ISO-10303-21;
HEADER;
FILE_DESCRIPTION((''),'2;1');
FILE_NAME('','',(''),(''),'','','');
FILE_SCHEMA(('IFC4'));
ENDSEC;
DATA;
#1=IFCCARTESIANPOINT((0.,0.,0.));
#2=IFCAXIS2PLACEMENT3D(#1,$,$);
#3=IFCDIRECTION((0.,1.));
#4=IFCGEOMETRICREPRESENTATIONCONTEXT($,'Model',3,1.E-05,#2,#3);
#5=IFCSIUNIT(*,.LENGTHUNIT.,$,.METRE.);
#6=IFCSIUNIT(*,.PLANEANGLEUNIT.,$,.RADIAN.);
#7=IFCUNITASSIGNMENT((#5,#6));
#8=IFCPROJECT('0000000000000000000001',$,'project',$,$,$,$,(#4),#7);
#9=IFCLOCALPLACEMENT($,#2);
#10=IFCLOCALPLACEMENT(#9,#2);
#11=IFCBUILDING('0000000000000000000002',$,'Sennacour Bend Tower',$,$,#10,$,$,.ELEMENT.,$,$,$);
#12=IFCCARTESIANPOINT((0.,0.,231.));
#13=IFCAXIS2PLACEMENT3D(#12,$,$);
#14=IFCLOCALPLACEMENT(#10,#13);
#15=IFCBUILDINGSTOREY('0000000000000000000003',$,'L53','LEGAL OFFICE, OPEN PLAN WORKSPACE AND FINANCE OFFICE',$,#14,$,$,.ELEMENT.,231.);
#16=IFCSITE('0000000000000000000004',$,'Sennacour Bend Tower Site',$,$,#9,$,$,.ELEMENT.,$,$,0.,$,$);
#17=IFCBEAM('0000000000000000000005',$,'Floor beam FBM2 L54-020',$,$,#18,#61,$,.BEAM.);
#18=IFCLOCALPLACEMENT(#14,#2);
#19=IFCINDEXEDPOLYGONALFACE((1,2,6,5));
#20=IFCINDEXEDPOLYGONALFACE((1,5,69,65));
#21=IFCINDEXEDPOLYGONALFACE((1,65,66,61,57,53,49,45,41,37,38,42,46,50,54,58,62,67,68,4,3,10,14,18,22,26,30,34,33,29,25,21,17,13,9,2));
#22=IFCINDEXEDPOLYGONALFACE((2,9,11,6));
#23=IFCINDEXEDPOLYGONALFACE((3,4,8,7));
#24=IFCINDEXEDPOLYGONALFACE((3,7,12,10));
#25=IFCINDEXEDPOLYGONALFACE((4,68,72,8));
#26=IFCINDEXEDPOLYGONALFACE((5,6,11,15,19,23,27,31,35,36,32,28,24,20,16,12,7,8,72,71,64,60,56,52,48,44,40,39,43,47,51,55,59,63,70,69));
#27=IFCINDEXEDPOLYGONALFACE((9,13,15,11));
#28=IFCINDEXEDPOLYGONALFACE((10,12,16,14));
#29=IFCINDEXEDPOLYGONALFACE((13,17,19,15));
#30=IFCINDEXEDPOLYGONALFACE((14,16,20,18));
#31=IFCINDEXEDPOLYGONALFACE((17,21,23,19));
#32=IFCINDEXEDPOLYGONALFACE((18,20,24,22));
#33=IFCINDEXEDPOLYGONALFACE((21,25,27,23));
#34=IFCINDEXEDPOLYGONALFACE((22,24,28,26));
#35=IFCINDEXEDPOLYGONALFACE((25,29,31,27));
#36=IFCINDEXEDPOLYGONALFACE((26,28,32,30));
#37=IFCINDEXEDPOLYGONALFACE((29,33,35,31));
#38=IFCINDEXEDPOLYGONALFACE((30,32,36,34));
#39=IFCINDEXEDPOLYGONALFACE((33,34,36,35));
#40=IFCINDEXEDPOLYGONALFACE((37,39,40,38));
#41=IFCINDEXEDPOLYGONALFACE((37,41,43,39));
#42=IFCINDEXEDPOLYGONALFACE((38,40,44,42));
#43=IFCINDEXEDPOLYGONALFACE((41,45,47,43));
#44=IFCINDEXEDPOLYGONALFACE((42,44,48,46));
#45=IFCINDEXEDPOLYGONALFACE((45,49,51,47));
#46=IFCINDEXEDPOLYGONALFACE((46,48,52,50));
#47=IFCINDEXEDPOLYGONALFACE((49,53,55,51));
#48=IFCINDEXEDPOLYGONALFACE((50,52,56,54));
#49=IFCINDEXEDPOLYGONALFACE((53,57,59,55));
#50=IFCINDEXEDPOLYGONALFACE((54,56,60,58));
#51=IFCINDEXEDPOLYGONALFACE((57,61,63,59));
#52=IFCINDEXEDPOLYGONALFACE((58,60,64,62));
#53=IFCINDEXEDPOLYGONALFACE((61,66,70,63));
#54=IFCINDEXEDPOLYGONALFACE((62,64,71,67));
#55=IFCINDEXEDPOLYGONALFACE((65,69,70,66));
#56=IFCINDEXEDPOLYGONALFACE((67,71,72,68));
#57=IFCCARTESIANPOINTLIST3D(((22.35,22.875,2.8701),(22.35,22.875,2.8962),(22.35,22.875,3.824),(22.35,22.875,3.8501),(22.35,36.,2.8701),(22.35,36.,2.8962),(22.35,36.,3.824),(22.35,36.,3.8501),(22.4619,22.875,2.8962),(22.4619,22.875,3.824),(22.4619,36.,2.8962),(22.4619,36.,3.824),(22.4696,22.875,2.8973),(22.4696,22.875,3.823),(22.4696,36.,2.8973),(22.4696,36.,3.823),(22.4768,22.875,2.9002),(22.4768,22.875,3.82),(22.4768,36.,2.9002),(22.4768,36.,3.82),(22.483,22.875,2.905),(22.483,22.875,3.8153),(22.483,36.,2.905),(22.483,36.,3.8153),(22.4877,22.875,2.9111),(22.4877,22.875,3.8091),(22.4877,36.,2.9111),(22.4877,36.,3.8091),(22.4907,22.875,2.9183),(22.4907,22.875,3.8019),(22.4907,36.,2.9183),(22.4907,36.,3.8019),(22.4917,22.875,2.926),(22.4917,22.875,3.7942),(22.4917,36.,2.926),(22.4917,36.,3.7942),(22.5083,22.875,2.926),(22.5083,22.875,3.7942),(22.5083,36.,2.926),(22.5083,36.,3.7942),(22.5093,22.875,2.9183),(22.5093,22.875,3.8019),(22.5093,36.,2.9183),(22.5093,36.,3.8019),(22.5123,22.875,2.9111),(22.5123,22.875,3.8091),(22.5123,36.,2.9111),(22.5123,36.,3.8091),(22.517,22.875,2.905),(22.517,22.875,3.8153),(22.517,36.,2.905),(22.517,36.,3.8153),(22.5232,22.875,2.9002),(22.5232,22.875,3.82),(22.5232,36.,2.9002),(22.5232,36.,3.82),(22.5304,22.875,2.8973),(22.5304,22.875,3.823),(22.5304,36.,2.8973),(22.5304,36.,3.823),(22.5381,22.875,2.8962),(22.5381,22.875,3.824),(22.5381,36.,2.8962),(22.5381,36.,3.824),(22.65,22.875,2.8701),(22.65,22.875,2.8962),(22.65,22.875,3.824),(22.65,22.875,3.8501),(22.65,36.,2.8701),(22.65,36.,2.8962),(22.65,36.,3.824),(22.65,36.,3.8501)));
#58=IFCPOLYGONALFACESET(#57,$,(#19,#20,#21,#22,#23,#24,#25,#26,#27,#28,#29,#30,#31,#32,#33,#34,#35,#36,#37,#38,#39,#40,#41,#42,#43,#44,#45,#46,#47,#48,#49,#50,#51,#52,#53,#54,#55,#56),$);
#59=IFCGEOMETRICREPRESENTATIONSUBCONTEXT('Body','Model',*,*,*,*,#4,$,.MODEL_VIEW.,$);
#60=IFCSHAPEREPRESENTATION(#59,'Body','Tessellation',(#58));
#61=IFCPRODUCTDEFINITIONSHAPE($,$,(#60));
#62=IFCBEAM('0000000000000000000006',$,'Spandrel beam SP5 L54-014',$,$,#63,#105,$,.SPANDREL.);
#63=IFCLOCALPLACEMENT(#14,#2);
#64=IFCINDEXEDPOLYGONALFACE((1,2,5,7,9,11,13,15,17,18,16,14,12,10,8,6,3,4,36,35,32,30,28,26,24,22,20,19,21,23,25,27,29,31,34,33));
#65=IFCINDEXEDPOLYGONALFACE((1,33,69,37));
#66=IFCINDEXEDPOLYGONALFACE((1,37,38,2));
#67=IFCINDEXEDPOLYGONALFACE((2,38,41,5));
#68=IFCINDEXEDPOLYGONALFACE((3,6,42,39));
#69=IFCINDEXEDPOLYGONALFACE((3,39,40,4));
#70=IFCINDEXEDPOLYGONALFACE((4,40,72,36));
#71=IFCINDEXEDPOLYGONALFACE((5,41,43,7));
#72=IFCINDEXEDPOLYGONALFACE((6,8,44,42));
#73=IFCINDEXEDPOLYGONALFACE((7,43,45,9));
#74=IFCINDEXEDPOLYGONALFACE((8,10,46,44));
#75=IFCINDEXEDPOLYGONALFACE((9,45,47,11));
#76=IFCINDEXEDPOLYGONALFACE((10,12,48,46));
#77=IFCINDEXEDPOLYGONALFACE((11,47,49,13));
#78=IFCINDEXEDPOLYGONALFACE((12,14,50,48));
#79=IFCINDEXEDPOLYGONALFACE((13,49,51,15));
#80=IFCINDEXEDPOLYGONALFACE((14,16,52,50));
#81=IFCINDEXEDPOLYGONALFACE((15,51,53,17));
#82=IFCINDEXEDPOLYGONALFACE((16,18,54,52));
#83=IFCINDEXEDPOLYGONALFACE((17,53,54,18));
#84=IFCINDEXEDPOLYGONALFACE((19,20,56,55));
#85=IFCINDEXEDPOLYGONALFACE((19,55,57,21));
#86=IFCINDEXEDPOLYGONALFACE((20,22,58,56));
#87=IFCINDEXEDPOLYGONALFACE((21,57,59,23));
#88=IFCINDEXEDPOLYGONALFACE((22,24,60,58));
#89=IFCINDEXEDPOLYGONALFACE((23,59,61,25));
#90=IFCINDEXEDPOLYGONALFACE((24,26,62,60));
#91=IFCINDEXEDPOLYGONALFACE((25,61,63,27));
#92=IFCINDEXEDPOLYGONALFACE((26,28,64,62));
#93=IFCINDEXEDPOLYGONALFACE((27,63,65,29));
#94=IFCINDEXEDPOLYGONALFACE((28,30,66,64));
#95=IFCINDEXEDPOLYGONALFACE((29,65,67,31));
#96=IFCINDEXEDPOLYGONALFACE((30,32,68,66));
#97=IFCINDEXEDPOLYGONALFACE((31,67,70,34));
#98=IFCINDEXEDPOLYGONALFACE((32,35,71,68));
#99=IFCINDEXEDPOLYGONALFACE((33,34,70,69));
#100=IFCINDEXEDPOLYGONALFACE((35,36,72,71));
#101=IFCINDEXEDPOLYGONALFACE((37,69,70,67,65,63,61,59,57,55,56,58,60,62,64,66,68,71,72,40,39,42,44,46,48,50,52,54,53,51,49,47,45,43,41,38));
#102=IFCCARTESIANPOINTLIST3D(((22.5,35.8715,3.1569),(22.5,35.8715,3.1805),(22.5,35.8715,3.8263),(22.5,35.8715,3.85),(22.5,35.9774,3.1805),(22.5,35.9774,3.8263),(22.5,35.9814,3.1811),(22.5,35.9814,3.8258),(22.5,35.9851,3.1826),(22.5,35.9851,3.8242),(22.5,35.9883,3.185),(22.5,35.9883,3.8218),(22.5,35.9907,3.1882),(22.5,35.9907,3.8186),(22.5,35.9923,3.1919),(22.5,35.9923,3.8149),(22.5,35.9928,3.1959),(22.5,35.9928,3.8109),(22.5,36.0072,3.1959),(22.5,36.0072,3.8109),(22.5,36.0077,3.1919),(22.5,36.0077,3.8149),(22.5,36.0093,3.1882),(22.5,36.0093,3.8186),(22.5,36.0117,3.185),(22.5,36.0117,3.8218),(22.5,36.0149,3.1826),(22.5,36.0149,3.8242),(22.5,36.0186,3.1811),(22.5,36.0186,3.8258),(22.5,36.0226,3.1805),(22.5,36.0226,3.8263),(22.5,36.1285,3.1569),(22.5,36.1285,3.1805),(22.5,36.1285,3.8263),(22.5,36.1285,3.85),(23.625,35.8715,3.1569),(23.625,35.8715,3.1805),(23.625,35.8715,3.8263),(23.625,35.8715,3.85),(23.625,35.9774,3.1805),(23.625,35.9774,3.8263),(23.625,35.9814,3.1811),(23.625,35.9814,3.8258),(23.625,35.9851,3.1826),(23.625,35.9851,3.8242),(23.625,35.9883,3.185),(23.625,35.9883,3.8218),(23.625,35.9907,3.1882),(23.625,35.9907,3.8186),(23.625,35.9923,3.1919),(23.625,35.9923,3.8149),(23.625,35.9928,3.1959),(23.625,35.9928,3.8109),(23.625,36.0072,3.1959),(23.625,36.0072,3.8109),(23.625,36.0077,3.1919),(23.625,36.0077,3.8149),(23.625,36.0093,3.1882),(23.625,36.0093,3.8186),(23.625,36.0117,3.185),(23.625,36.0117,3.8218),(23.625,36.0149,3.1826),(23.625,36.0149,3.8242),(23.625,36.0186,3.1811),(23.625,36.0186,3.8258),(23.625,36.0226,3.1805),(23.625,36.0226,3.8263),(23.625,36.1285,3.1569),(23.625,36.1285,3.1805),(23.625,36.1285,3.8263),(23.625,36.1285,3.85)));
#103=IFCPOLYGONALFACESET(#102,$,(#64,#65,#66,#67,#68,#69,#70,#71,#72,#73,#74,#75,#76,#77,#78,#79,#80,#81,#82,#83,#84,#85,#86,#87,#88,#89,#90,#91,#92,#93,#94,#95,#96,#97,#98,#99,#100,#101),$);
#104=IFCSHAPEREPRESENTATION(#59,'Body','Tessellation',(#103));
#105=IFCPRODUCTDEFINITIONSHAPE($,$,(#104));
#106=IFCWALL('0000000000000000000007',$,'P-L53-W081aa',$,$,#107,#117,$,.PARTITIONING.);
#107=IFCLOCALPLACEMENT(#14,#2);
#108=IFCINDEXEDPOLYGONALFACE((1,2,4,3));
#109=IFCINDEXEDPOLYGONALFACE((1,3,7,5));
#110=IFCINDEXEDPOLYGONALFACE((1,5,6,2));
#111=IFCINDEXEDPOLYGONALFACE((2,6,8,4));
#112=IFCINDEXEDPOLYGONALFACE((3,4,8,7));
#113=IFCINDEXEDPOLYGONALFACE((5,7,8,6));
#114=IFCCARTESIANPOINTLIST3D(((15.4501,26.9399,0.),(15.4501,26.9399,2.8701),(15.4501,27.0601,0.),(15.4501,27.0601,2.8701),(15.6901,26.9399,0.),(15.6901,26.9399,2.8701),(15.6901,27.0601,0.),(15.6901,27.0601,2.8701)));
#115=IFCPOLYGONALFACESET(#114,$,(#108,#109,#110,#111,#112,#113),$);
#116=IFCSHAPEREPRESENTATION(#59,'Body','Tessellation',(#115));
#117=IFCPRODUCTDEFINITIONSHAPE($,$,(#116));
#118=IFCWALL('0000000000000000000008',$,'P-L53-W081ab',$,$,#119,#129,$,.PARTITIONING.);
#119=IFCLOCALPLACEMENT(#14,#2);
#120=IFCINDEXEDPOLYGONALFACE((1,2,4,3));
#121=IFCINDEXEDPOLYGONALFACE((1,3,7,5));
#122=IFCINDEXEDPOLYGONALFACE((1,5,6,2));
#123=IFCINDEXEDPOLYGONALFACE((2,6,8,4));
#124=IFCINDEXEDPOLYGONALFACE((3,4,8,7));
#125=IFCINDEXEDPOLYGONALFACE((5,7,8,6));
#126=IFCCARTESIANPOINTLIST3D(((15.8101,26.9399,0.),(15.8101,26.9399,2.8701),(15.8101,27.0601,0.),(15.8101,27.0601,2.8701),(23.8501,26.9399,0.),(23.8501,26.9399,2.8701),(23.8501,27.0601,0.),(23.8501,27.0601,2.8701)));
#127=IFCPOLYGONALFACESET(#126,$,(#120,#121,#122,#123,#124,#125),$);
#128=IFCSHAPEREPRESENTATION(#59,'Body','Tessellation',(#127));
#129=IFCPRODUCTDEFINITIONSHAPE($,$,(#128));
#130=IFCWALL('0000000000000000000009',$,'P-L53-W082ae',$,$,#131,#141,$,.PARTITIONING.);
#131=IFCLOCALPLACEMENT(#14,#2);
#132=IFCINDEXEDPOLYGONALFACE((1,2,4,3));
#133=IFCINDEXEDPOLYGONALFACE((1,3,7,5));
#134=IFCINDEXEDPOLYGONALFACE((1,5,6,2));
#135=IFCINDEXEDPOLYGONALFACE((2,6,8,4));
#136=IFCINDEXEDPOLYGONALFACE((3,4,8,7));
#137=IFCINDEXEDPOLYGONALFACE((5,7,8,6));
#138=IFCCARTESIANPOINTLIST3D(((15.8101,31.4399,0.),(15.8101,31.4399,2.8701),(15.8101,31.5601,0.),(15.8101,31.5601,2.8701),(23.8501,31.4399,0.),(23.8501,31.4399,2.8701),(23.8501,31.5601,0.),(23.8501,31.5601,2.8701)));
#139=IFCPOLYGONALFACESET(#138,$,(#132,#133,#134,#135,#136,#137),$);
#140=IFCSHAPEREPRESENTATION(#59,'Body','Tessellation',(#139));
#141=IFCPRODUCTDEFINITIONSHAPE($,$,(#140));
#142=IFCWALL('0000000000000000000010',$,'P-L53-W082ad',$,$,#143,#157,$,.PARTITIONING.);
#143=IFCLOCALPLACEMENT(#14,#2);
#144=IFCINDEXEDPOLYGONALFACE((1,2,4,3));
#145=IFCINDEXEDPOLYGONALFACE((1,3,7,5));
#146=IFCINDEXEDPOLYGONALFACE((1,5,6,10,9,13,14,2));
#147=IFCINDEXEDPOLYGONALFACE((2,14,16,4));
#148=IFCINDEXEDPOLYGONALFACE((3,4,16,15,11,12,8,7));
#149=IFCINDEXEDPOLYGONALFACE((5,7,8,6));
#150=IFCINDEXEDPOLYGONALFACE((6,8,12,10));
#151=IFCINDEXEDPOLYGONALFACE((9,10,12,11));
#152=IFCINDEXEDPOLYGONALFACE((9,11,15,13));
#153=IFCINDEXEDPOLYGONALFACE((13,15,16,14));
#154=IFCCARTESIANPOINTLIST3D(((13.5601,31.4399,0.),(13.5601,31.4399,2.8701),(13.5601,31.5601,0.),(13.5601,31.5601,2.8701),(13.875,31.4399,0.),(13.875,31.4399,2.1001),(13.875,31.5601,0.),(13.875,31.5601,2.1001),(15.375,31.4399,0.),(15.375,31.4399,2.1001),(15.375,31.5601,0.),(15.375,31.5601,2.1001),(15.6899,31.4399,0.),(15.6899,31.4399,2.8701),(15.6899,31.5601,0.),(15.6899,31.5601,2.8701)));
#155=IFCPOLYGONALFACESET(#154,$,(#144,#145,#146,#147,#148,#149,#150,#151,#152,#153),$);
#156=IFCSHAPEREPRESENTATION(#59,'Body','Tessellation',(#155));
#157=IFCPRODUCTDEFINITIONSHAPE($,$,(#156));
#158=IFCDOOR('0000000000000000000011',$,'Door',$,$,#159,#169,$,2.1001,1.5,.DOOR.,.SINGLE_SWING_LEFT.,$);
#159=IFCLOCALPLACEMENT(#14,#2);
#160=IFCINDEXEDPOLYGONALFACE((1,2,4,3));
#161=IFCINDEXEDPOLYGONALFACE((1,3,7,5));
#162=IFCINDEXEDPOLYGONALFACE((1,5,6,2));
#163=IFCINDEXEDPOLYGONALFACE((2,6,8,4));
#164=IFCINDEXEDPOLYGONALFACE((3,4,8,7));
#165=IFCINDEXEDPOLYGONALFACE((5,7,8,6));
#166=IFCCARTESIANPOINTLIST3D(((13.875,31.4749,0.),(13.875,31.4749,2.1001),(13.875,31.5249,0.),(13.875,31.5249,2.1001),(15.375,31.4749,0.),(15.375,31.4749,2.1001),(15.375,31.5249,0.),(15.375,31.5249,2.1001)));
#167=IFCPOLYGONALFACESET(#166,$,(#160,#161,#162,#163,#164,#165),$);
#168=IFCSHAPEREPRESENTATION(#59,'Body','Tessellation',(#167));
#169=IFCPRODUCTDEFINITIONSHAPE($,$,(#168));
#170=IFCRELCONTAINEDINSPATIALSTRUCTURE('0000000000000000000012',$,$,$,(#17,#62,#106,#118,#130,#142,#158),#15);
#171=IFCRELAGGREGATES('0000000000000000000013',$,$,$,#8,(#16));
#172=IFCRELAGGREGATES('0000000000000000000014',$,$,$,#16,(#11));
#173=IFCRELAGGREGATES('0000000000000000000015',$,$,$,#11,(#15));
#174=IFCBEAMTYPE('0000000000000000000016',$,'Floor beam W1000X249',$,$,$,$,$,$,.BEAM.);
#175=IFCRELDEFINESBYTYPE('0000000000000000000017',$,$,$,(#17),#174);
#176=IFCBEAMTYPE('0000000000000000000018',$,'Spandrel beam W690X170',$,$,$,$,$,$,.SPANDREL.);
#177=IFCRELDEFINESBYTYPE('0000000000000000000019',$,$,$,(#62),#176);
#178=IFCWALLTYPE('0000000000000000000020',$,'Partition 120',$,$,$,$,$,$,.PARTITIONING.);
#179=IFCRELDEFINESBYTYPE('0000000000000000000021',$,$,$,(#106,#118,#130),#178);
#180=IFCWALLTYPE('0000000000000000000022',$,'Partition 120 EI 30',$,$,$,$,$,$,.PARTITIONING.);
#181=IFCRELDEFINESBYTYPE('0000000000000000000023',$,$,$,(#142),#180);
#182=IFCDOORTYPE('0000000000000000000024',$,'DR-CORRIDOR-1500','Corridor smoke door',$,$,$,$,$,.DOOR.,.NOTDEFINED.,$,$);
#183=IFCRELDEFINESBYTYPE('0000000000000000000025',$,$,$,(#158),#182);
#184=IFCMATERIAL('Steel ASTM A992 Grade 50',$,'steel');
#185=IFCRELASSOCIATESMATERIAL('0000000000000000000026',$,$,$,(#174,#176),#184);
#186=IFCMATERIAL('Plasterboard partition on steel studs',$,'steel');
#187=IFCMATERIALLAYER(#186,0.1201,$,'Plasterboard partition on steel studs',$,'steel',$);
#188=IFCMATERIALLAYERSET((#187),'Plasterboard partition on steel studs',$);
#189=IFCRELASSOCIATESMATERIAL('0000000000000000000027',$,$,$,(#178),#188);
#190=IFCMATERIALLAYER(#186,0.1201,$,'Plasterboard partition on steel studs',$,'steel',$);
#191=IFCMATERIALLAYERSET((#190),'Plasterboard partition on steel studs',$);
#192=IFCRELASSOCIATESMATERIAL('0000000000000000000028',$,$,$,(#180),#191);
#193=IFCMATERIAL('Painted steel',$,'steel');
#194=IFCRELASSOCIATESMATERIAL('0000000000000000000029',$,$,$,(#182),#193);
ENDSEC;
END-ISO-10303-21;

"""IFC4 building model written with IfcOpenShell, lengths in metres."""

from ifc_helpers import new_model, si_unit, direction, frame, frame_2d, origin, origin_2d, place, context, subcontext, project, spatial, rectangle, i_section, extrude, material, layer, layer_set, material_profile, profile_set, type_object, element, fill, save


model = new_model("IFC4")

# Units and contexts
model_context = context("Model", 3, precision=1e-05, world=origin(), true_north=direction((0.0, 1.0)))
body_context = subcontext(model_context, "Body", "Model", "MODEL_VIEW")
ifc_project = project(units=[si_unit("LENGTHUNIT", "METRE"), si_unit("PLANEANGLEUNIT", "RADIAN")], contexts=[model_context])

# Site, building, storey
site_placement = place(None, origin())
site = spatial("IfcSite", under=ifc_project, at=site_placement, Name="Sennacour Bend Tower Site", CompositionType="ELEMENT", RefElevation=0.0)
building_placement = place(site_placement, origin())
building = spatial("IfcBuilding", under=site, at=building_placement, Name="Sennacour Bend Tower", CompositionType="ELEMENT")
storey_placement = place(building_placement, frame((0.0, 0.0, 231.0)))
storey = spatial("IfcBuildingStorey", under=building, at=storey_placement, Name="L53", Description="LEGAL OFFICE, OPEN PLAN WORKSPACE AND FINANCE OFFICE", CompositionType="ELEMENT", Elevation=231.0)

# Beams
ifc_material_1 = material(Name="Steel ASTM A992 Grade 50", Category="steel")
ifc_material_profile_1 = material_profile(ifc_material_1, i_section(OverallWidth=0.3, OverallDepth=0.98, WebThickness=0.0166, FlangeThickness=0.0261, FilletRadius=0.0298, at=origin_2d()), Name="Steel ASTM A992 Grade 50", Category="steel")
ifc_profile_set_1 = profile_set([ifc_material_profile_1], Name="Steel ASTM A992 Grade 50")
beam_type_1 = type_object("IfcBeamType", Name="Floor beam W1000X249", PredefinedType="BEAM", material=ifc_profile_set_1)
beam_1_placement = place(storey_placement, frame((22.5, 22.875, 3.3601), z_axis=(0.0, 1.0, 0.0), x_axis=(-1.0, 0.0, 0.0)))
element("IfcBeam", 1, at=beam_1_placement, inside=storey, type_object=beam_type_1, Name="Floor beam FBM2 L54-020", PredefinedType="BEAM", context=body_context, shape_type="SweptSolid", body=[
    extrude(i_section(OverallWidth=0.3, OverallDepth=0.98, WebThickness=0.0166, FlangeThickness=0.0261, FilletRadius=0.0298, at=origin_2d()), origin(), (0.0, 0.0, 1.0), 13.125),
])
ifc_material_profile_2 = material_profile(ifc_material_1, i_section(OverallWidth=0.2571, OverallDepth=0.6931, WebThickness=0.0144, FlangeThickness=0.0237, FilletRadius=0.0154, at=origin_2d()), Name="Steel ASTM A992 Grade 50", Category="steel")
ifc_profile_set_2 = profile_set([ifc_material_profile_2], Name="Steel ASTM A992 Grade 50")
beam_type_2 = type_object("IfcBeamType", Name="Spandrel beam W690X170", PredefinedType="SPANDREL", material=ifc_profile_set_2)
beam_2_placement = place(storey_placement, frame((22.5, 36.0, 3.5034), z_axis=(1.0, 0.0, 0.0), x_axis=(0.0, 1.0, 0.0)))
element("IfcBeam", 2, at=beam_2_placement, inside=storey, type_object=beam_type_2, Name="Spandrel beam SP5 L54-014", PredefinedType="SPANDREL", context=body_context, shape_type="SweptSolid", body=[
    extrude(i_section(OverallWidth=0.2571, OverallDepth=0.6931, WebThickness=0.0144, FlangeThickness=0.0237, FilletRadius=0.0154, at=origin_2d()), origin(), (0.0, 0.0, 1.0), 1.125),
])

# Walls
ifc_material_2 = material(Name="Plasterboard partition on steel studs", Category="steel")
ifc_layer_1 = layer(ifc_material_2, 0.1201, Name="Plasterboard partition on steel studs", Category="steel")
ifc_layer_set_1 = layer_set([ifc_layer_1], Name="Plasterboard partition on steel studs")
wall_type_1 = type_object("IfcWallType", Name="Partition 120", PredefinedType="PARTITIONING", material=ifc_layer_set_1)
wall_1_placement = place(storey_placement, frame((15.45, 27.0, 0.0), z_axis=(0.0, 0.0, 1.0), x_axis=(1.0, 0.0, 0.0)))
element("IfcWall", 3, at=wall_1_placement, inside=storey, type_object=wall_type_1, Name="P-L53-W081aa", PredefinedType="PARTITIONING", context=body_context, shape_type="SweptSolid", body=[
    extrude(rectangle(XDim=0.24, YDim=0.1201, at=frame_2d((0.1201, 0.0))), origin(), (0.0, 0.0, 1.0), 2.8701),
])
for number, where, z_axis, x_axis, name in (
    (4, (15.8101, 27.0, 0.0), (0.0, 0.0, 1.0), (1.0, 0.0, 0.0), "P-L53-W081ab"),
    (5, (15.8101, 31.5, 0.0), (0.0, 0.0, 1.0), (1.0, 0.0, 0.0), "P-L53-W082ae"),
):
    element("IfcWall", number, at=place(storey_placement, frame(where, z_axis=z_axis, x_axis=x_axis)), inside=storey, type_object=wall_type_1, Name=name, PredefinedType="PARTITIONING", context=body_context, shape_type="SweptSolid", body=[
        extrude(rectangle(XDim=8.04, YDim=0.1201, at=frame_2d((4.02, 0.0))), origin(), (0.0, 0.0, 1.0), 2.8701),
    ])

# Wall, opening, door
ifc_layer_2 = layer(ifc_material_2, 0.1201, Name="Plasterboard partition on steel studs", Category="steel")
ifc_layer_set_2 = layer_set([ifc_layer_2], Name="Plasterboard partition on steel studs")
wall_type_2 = type_object("IfcWallType", Name="Partition 120 EI 30", PredefinedType="PARTITIONING", material=ifc_layer_set_2)
wall_2_placement = place(storey_placement, frame((13.5601, 31.5, 0.0), z_axis=(0.0, 0.0, 1.0), x_axis=(1.0, 0.0, 0.0)))
wall_2 = element("IfcWall", 6, at=wall_2_placement, inside=storey, type_object=wall_type_2, Name="P-L53-W082ad", PredefinedType="PARTITIONING", context=body_context, shape_type="SweptSolid", body=[
    extrude(rectangle(XDim=2.1299, YDim=0.1201, at=frame_2d((1.0649, 0.0))), origin(), (0.0, 0.0, 1.0), 2.8701),
])
opening_1_placement = place(wall_2_placement, frame((0.3149, 0.0, 0.0)))
opening_1 = element("IfcOpeningElement", 7, at=opening_1_placement, cuts=wall_2, PredefinedType="OPENING", context=body_context, shape_type="SweptSolid", body=[
    extrude(rectangle(XDim=1.5, YDim=2.1001, at=frame_2d((0.75, 1.05))), frame((0.0, 0.0701, 0.0), z_axis=(0.0, -1.0, 0.0), x_axis=(1.0, 0.0, 0.0)), (0.0, 0.0, 1.0), 0.1401),
])
ifc_material_3 = material(Name="Painted steel", Category="steel")
door_type_1 = type_object("IfcDoorType", Name="DR-CORRIDOR-1500", Description="Corridor smoke door", OperationType="NOTDEFINED", PredefinedType="DOOR", material=ifc_material_3)
door_1_placement = place(opening_1_placement, origin())
door_1 = element("IfcDoor", 8, at=door_1_placement, inside=storey, type_object=door_type_1, Name="Door", OperationType="SINGLE_SWING_LEFT", OverallHeight=2.1001, OverallWidth=1.5, PredefinedType="DOOR", context=body_context, shape_type="SweptSolid", body=[
    extrude(rectangle(XDim=1.5, YDim=2.1001, at=frame_2d((0.75, 1.05))), frame((0.0, 0.0249, 0.0), z_axis=(0.0, -1.0, 0.0), x_axis=(1.0, 0.0, 0.0)), (0.0, 0.0, 1.0), 0.05),
])
fill(opening_1, door_1)

save(model, "model.ifc")
